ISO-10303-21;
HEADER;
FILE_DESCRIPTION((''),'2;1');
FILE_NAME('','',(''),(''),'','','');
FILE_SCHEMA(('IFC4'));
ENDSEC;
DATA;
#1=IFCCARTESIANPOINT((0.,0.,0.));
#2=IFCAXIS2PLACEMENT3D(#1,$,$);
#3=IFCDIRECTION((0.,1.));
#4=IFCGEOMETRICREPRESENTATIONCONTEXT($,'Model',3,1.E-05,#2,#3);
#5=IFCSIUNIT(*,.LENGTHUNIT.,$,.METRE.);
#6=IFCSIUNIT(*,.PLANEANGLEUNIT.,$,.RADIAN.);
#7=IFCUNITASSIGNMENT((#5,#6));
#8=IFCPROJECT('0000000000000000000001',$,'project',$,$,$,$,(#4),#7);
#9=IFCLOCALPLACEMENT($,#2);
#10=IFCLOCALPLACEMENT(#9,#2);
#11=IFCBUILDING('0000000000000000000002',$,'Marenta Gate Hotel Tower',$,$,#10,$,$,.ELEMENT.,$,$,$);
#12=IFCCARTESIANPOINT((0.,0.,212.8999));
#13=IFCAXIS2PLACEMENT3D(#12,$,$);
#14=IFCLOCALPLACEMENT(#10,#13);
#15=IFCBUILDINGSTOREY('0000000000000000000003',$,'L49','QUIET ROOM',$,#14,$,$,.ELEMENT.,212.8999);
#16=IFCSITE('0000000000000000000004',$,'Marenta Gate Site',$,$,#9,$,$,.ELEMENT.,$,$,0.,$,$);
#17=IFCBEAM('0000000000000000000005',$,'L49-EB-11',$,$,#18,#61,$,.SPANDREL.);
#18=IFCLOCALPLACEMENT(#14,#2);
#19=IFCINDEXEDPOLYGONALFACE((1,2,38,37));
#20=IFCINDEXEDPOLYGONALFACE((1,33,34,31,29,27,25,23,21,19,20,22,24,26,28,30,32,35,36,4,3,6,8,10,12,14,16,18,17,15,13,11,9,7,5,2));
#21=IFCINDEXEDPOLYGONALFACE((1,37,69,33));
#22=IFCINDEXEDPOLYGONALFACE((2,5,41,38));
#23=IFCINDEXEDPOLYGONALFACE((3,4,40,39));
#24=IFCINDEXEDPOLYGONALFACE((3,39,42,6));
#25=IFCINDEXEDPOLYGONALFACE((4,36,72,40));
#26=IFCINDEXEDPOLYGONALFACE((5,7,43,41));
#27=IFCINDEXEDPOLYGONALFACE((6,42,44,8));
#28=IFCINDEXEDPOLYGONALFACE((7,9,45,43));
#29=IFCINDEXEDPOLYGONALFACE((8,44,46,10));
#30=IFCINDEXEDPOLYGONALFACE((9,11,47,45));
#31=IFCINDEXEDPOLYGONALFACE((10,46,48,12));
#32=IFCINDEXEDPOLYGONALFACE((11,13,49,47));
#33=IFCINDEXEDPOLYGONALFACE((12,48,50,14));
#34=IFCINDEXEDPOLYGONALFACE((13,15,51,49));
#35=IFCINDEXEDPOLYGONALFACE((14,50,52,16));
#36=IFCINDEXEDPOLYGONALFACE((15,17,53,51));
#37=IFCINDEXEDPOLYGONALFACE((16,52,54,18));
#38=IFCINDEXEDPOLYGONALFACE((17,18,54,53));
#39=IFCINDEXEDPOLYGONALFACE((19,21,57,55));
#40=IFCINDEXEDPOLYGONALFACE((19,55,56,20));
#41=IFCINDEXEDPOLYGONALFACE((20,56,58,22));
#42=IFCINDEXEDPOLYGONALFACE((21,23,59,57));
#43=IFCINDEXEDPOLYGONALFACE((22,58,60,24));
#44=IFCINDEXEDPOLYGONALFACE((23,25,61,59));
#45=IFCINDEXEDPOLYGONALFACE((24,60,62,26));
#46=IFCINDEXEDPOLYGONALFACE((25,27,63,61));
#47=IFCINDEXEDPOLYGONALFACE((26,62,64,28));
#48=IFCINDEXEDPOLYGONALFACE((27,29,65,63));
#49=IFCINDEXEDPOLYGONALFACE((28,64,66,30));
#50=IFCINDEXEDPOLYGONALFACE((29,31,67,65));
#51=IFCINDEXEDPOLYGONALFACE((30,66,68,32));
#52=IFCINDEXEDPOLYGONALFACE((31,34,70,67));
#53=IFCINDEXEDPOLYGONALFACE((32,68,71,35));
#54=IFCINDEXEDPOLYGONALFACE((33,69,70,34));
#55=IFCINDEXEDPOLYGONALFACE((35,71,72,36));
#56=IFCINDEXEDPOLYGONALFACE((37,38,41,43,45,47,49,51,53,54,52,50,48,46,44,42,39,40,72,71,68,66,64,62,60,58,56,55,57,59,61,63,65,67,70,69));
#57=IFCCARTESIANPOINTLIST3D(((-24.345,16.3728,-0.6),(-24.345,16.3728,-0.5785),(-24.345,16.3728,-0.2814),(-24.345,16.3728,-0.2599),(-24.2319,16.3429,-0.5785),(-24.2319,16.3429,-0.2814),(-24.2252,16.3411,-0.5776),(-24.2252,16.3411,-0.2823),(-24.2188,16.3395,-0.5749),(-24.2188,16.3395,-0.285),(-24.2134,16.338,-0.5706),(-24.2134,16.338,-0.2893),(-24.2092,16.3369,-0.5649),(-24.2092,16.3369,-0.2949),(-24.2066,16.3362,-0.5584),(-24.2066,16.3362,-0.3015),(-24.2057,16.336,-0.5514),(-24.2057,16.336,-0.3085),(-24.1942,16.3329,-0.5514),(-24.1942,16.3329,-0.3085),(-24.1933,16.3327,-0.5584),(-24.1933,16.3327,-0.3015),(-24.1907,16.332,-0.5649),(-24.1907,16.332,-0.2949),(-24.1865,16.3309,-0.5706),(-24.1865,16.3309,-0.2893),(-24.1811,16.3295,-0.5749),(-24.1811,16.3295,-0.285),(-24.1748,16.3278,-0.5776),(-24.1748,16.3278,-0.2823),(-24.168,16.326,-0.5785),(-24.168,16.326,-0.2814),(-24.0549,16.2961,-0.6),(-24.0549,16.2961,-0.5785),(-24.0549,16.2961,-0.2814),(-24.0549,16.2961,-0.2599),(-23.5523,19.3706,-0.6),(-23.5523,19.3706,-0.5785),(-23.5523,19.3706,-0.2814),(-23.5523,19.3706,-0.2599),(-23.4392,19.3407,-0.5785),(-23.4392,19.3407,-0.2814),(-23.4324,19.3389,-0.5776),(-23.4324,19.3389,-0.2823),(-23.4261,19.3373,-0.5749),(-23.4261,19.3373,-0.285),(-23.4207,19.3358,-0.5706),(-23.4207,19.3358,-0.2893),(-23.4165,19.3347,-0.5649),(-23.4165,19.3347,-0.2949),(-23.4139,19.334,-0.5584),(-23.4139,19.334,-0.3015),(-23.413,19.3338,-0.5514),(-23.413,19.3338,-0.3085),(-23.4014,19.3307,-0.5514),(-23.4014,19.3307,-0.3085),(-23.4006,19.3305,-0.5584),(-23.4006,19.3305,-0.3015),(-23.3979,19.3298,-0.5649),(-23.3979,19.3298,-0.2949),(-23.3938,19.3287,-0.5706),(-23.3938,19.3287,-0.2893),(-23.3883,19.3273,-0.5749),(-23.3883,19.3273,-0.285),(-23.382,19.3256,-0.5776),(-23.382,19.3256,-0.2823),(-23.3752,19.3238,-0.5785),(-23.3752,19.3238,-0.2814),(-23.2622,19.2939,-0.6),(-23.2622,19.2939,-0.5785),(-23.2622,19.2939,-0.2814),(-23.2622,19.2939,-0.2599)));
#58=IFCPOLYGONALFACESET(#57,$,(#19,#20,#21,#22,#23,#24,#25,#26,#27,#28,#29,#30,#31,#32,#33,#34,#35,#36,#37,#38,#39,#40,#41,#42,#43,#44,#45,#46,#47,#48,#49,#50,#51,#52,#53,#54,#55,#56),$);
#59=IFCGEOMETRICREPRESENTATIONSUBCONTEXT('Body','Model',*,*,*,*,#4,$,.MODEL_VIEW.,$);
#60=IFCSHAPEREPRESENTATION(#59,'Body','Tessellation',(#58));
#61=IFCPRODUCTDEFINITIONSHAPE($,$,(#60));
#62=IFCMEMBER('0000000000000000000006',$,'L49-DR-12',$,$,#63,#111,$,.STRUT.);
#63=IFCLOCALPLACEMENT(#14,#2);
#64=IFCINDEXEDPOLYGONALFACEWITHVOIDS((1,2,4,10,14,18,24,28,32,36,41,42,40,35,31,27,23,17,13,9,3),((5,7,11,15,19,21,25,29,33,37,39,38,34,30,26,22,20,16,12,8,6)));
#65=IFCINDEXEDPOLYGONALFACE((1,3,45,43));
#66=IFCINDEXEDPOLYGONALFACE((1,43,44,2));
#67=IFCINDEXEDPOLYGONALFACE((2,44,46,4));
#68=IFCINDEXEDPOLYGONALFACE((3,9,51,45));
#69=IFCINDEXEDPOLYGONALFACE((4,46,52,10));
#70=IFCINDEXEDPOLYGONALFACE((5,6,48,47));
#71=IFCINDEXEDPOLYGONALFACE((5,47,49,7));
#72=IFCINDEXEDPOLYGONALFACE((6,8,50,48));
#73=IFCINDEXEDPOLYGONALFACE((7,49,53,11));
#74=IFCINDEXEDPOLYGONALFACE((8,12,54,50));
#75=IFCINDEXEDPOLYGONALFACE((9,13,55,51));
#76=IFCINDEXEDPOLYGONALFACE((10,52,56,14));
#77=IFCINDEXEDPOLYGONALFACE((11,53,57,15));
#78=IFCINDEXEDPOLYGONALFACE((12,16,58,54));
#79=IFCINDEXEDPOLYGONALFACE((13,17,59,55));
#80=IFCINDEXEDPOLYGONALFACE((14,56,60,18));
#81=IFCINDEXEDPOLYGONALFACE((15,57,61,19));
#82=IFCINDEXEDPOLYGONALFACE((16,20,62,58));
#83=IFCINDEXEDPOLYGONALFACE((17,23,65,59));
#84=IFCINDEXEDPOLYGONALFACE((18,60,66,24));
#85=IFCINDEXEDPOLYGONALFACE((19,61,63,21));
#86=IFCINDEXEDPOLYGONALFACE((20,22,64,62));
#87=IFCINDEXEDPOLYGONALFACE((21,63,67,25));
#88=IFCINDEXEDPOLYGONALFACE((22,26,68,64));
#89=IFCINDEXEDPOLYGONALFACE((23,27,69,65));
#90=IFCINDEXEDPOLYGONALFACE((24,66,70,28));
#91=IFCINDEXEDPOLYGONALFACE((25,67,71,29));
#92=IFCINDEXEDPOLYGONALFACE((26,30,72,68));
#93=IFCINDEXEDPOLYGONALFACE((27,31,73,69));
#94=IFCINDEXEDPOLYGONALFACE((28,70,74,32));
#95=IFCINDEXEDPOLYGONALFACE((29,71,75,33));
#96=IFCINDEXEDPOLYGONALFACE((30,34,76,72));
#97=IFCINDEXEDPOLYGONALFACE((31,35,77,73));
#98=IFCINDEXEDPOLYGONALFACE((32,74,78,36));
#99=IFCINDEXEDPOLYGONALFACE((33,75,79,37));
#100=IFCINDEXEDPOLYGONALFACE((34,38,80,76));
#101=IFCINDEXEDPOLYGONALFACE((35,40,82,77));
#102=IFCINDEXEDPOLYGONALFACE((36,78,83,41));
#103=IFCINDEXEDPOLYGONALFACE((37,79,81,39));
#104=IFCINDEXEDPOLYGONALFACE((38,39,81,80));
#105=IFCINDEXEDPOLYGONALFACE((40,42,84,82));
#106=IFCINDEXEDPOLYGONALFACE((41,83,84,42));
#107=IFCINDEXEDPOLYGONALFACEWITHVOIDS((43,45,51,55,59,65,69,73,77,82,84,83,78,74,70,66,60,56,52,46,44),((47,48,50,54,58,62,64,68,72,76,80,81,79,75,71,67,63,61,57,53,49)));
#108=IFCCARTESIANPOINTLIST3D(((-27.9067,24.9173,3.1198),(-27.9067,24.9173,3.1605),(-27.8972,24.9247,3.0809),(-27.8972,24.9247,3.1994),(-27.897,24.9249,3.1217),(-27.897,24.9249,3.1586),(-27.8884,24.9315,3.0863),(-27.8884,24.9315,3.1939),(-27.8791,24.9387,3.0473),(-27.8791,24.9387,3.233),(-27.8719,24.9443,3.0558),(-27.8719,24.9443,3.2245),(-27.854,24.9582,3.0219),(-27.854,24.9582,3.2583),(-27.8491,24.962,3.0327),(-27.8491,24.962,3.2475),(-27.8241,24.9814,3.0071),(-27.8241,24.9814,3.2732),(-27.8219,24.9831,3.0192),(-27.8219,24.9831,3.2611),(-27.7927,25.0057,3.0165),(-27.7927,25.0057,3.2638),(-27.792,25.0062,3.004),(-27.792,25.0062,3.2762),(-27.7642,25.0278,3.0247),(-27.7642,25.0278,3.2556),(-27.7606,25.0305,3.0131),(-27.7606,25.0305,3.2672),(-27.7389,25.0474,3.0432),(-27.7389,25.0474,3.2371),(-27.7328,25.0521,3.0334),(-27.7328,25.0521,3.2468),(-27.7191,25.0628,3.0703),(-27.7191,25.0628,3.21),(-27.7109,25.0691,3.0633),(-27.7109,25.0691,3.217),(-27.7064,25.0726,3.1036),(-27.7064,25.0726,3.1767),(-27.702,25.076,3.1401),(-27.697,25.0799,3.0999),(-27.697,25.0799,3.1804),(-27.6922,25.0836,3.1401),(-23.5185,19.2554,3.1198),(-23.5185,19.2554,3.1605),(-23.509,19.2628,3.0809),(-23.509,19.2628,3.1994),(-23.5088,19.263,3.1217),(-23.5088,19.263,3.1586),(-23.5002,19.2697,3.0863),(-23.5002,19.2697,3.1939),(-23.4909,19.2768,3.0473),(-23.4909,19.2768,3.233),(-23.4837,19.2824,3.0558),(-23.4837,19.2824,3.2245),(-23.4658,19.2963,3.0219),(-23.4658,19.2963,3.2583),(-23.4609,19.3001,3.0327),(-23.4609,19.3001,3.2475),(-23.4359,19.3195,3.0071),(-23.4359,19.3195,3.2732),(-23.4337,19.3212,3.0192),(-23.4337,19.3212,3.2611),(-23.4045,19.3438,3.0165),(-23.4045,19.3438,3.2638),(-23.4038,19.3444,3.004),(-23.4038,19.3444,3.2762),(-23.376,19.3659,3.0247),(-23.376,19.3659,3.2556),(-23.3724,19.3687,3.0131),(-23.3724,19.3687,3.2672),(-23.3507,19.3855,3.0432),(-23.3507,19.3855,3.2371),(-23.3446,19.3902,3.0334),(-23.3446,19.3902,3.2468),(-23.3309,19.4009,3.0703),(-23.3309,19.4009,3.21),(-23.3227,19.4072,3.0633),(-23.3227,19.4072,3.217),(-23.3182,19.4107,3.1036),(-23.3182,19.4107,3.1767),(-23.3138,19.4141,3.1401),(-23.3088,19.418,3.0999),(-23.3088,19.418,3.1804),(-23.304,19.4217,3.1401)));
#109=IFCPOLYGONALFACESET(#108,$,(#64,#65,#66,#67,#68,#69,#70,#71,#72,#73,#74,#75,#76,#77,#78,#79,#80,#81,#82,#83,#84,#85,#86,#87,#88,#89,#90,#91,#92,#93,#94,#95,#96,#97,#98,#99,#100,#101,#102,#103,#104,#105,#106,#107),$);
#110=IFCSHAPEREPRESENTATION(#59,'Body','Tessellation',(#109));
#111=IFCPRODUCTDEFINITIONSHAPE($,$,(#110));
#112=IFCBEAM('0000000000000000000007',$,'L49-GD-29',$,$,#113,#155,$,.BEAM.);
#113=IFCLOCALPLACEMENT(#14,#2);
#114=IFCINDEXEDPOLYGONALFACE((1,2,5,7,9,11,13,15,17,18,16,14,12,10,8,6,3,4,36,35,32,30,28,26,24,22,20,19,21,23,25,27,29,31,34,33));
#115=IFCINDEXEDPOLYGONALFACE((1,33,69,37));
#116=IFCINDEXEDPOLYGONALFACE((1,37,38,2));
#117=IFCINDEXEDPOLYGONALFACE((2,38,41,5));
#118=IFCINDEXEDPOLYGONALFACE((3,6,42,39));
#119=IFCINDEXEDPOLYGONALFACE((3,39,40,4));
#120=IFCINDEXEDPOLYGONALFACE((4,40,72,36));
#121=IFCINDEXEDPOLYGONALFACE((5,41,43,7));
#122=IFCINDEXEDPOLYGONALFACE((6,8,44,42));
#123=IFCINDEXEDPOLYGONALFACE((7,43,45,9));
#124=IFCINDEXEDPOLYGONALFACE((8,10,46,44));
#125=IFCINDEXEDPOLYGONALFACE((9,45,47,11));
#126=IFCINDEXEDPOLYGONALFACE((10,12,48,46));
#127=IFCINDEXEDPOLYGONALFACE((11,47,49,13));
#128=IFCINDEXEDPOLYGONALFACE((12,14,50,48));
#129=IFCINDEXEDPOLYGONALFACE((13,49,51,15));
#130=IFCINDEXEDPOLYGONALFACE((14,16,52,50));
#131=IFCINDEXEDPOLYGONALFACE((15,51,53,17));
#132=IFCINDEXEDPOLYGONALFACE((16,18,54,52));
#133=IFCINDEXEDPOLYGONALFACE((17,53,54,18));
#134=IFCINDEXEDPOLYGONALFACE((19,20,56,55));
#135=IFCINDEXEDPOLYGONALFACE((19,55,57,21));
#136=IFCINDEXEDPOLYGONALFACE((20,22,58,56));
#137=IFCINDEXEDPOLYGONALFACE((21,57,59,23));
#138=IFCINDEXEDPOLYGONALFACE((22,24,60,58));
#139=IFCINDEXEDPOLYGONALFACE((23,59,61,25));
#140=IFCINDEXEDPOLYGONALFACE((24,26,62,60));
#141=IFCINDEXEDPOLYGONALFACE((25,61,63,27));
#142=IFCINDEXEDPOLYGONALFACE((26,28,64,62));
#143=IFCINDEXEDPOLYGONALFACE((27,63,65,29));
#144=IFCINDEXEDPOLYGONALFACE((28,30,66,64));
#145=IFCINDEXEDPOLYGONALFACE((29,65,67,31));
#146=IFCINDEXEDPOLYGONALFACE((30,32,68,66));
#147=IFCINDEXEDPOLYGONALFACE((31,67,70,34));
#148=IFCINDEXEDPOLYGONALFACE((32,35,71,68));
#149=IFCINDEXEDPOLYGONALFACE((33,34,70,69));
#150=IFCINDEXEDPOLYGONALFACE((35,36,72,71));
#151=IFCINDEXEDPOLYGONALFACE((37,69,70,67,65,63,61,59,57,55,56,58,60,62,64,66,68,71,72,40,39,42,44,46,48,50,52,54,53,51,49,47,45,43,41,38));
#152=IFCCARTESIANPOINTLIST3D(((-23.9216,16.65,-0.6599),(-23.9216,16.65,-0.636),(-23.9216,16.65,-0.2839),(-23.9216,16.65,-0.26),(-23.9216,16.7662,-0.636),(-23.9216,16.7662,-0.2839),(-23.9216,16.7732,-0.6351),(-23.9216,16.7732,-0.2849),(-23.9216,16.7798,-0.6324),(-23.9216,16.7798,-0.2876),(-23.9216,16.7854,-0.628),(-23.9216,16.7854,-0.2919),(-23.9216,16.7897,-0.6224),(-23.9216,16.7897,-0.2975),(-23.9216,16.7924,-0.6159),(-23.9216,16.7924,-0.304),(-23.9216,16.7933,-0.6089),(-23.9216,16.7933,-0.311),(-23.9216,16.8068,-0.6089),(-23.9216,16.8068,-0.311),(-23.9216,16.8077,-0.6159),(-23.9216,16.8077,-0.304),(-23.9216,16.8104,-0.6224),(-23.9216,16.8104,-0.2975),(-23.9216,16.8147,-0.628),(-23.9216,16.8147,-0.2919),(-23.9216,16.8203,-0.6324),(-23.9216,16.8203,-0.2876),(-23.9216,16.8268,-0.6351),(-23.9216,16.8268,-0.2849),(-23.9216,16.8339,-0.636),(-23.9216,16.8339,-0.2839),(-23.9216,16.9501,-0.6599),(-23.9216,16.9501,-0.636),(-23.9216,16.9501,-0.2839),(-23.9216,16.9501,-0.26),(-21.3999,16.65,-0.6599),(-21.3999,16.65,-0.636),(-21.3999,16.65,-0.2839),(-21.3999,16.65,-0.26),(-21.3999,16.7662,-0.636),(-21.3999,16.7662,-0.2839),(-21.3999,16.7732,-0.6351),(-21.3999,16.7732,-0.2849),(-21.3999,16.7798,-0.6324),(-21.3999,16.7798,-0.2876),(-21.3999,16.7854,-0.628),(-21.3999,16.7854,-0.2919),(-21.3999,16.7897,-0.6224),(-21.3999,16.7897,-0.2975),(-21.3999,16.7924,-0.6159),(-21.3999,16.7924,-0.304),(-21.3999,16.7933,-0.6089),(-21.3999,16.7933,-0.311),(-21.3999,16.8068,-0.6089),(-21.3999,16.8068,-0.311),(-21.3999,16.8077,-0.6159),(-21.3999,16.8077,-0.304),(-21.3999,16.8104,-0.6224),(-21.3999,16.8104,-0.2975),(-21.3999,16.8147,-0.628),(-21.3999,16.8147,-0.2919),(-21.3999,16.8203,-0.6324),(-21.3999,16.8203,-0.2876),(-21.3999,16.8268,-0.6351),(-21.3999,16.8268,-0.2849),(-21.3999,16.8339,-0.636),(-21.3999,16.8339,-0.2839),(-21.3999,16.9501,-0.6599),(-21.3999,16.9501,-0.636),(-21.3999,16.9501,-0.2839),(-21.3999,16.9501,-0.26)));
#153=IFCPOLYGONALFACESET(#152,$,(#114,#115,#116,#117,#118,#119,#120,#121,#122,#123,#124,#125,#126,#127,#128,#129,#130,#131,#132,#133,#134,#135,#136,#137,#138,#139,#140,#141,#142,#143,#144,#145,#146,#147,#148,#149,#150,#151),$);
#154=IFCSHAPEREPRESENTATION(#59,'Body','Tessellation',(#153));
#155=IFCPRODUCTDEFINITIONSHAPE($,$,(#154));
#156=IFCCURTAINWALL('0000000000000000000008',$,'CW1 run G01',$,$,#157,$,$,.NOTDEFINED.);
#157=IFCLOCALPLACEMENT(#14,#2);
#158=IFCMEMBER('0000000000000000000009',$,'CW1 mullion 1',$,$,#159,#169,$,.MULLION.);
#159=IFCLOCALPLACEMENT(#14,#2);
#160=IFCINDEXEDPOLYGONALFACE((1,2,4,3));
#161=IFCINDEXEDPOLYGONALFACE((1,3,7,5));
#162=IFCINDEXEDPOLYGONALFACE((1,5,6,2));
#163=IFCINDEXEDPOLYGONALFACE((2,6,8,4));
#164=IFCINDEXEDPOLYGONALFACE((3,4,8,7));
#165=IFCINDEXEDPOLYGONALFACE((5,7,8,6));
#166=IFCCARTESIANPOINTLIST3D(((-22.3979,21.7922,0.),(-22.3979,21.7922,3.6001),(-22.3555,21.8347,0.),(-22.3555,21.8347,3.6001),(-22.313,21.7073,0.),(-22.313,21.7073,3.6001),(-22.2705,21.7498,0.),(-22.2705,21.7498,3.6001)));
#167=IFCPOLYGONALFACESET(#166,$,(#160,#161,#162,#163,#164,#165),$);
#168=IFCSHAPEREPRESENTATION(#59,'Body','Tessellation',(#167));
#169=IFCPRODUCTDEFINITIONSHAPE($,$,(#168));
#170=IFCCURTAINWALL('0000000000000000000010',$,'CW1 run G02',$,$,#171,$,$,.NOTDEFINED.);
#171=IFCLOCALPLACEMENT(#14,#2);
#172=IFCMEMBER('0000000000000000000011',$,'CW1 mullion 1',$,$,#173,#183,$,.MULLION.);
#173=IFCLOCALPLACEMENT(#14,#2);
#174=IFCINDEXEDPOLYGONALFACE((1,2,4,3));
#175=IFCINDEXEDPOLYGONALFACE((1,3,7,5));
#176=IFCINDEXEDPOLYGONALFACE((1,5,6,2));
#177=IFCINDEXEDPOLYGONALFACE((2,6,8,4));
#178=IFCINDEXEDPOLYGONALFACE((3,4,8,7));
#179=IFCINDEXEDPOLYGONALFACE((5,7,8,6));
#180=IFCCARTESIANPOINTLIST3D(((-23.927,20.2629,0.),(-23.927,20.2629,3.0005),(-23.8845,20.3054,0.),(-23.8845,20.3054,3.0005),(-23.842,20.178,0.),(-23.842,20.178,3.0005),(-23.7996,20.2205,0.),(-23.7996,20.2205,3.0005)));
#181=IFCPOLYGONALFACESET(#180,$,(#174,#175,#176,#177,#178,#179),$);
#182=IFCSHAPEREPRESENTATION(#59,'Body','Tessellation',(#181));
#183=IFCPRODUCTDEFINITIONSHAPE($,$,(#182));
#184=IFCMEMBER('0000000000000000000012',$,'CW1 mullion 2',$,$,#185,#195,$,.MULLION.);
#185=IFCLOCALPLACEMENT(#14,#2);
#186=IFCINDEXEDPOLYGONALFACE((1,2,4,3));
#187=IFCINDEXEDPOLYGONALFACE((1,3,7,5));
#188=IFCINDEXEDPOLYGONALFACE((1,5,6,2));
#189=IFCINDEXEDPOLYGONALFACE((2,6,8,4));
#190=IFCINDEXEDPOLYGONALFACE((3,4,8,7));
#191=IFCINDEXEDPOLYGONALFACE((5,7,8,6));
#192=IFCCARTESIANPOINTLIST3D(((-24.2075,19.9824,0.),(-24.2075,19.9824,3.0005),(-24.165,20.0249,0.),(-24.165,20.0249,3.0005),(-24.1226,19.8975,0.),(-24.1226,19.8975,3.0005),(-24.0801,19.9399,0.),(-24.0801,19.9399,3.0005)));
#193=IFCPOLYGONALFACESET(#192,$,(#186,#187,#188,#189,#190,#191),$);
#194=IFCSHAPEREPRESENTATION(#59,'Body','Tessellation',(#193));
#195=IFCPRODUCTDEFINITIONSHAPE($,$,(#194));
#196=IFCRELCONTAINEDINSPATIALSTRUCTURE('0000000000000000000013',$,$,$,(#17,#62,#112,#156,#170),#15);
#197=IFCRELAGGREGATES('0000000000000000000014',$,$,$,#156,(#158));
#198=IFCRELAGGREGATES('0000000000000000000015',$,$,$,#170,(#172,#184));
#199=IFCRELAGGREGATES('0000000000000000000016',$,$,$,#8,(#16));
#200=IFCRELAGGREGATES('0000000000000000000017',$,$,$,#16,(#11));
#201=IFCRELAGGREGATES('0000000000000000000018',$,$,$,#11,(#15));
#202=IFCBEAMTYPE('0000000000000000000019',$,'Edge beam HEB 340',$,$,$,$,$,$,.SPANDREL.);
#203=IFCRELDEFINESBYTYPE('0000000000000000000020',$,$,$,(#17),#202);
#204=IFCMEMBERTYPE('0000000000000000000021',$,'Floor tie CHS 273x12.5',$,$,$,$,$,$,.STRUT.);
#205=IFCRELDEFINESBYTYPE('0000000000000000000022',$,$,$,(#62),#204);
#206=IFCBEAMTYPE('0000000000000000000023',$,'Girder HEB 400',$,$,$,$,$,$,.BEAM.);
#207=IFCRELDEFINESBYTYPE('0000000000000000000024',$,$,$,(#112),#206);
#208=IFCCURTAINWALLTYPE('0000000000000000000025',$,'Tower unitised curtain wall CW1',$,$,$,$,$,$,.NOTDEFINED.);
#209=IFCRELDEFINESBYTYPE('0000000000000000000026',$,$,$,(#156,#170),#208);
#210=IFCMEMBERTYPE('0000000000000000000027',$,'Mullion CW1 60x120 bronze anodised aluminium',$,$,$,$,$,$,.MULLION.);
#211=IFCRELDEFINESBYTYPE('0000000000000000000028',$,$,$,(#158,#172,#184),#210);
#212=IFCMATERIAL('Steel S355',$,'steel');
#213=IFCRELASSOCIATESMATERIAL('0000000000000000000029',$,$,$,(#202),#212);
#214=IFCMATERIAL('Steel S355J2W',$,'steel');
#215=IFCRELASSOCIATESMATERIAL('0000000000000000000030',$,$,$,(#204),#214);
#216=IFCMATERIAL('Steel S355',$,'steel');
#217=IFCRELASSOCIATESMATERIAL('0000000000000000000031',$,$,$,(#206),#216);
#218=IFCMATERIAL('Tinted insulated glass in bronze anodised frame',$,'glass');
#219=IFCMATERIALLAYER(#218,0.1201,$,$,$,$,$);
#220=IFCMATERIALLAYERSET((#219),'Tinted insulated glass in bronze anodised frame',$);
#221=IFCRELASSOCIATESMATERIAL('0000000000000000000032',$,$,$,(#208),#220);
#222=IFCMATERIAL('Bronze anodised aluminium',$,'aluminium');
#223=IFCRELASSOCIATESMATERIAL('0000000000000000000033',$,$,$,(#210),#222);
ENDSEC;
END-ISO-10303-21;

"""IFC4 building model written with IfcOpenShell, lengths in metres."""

from ifc_helpers import new_model, si_unit, direction, frame, origin, origin_2d, place, context, subcontext, project, spatial, rectangle, hollow_circle, i_section, extrude, material, layer, layer_set, material_profile, profile_set, type_object, element, aggregate, save


model = new_model("IFC4")

# Units and contexts
model_context = context("Model", 3, precision=1e-05, world=origin(), true_north=direction((0.0, 1.0)))
body_context = subcontext(model_context, "Body", "Model", "MODEL_VIEW")
ifc_project = project(units=[si_unit("LENGTHUNIT", "METRE"), si_unit("PLANEANGLEUNIT", "RADIAN")], contexts=[model_context])

# Site, building, storey
site_placement = place(None, origin())
site = spatial("IfcSite", under=ifc_project, at=site_placement, Name="Marenta Gate Site", CompositionType="ELEMENT", RefElevation=0.0)
building_placement = place(site_placement, origin())
building = spatial("IfcBuilding", under=site, at=building_placement, Name="Marenta Gate Hotel Tower", CompositionType="ELEMENT")
storey_placement = place(building_placement, frame((0.0, 0.0, 212.8999)))
storey = spatial("IfcBuildingStorey", under=building, at=storey_placement, Name="L49", Description="QUIET ROOM", CompositionType="ELEMENT", Elevation=212.8999)

# Beam
ifc_material_1 = material(Name="Steel S355", Category="steel")
ifc_material_profile_1 = material_profile(ifc_material_1, i_section(OverallWidth=0.3, OverallDepth=0.3401, WebThickness=0.012, FlangeThickness=0.0215, FilletRadius=0.0271, at=origin_2d()), Name="HEB 340")
ifc_profile_set_1 = profile_set([ifc_material_profile_1], Name="Steel S355")
beam_type_1 = type_object("IfcBeamType", Name="Edge beam HEB 340", PredefinedType="SPANDREL", material=ifc_profile_set_1)
beam_1_placement = place(storey_placement, frame((-24.2, 16.3345, -0.4299), z_axis=(0.255648, 0.96677, 0.0), x_axis=(-0.96677, 0.255648, 0.0)))
element("IfcBeam", 1, at=beam_1_placement, inside=storey, type_object=beam_type_1, Name="L49-EB-11", PredefinedType="SPANDREL", context=body_context, shape_type="SweptSolid", body=[
    extrude(i_section(OverallWidth=0.3, OverallDepth=0.3401, WebThickness=0.012, FlangeThickness=0.0215, FilletRadius=0.0271, at=origin_2d()), origin(), (0.0, 0.0, 1.0), 3.1008),
])

# Member
ifc_material_2 = material(Name="Steel S355J2W", Category="steel")
ifc_material_profile_2 = material_profile(ifc_material_2, hollow_circle(Radius=0.1365, WallThickness=0.0125, at=origin_2d()), Name="CHS 273x12.5")
ifc_profile_set_2 = profile_set([ifc_material_profile_2], Name="Steel S355J2W")
member_type_1 = type_object("IfcMemberType", Name="Floor tie CHS 273x12.5", PredefinedType="STRUT", material=ifc_profile_set_2)
member_1_placement = place(storey_placement, frame((-27.8, 25.0, 3.1401), z_axis=(0.612592, -0.790399, 0.0), x_axis=(0.790399, 0.612592, 0.0)))
element("IfcMember", 2, at=member_1_placement, inside=storey, type_object=member_type_1, Name="L49-DR-12", PredefinedType="STRUT", context=body_context, shape_type="SweptSolid", body=[
    extrude(hollow_circle(Radius=0.1365, WallThickness=0.0125, at=origin_2d()), origin(), (0.0, 0.0, 1.0), 7.1633),
])

# Beam
ifc_material_3 = material(Name="Steel S355", Category="steel")
ifc_material_profile_3 = material_profile(ifc_material_3, i_section(OverallWidth=0.3, OverallDepth=0.3999, WebThickness=0.0134, FlangeThickness=0.0239, FilletRadius=0.0271, at=origin_2d()), Name="HEB 400")
ifc_profile_set_3 = profile_set([ifc_material_profile_3], Name="Steel S355")
beam_type_2 = type_object("IfcBeamType", Name="Girder HEB 400", PredefinedType="BEAM", material=ifc_profile_set_3)
beam_2_placement = place(storey_placement, frame((-23.9216, 16.8, -0.46), z_axis=(1.0, 0.0, 0.0), x_axis=(0.0, 1.0, 0.0)))
element("IfcBeam", 3, at=beam_2_placement, inside=storey, type_object=beam_type_2, Name="L49-GD-29", PredefinedType="BEAM", context=body_context, shape_type="SweptSolid", body=[
    extrude(i_section(OverallWidth=0.3, OverallDepth=0.3999, WebThickness=0.0134, FlangeThickness=0.0239, FilletRadius=0.0271, at=origin_2d()), origin(), (0.0, 0.0, 1.0), 2.5217),
])

# Curtain wall, member
ifc_material_4 = material(Name="Tinted insulated glass in bronze anodised frame", Category="glass")
ifc_layer_1 = layer(ifc_material_4, 0.1201)
ifc_layer_set_1 = layer_set([ifc_layer_1], Name="Tinted insulated glass in bronze anodised frame")
curtain_wall_type = type_object("IfcCurtainWallType", Name="Tower unitised curtain wall CW1", PredefinedType="NOTDEFINED", material=ifc_layer_set_1)
curtain_wall_1_placement = place(storey_placement, origin())
curtain_wall_1 = element("IfcCurtainWall", 4, at=curtain_wall_1_placement, inside=storey, type_object=curtain_wall_type, Name="CW1 run G01", PredefinedType="NOTDEFINED")
ifc_material_5 = material(Name="Bronze anodised aluminium", Category="aluminium")
ifc_material_profile_4 = material_profile(ifc_material_5, rectangle(XDim=0.1201, YDim=0.0601, at=origin_2d()), Name="Mullion CW1 60x120 bronze anodised aluminium")
ifc_profile_set_4 = profile_set([ifc_material_profile_4], Name="Bronze anodised aluminium")
member_type_2 = type_object("IfcMemberType", Name="Mullion CW1 60x120 bronze anodised aluminium", PredefinedType="MULLION", material=ifc_profile_set_4)
member_2_placement = place(storey_placement, frame((-22.3342, 21.771, 0.0), z_axis=(0.0, 0.0, 1.0), x_axis=(0.707107, -0.707107, 0.0)))
member_2 = element("IfcMember", 5, at=member_2_placement, type_object=member_type_2, Name="CW1 mullion 1", PredefinedType="MULLION", context=body_context, shape_type="SweptSolid", body=[
    extrude(rectangle(XDim=0.1201, YDim=0.0601, at=origin_2d()), origin(), (0.0, 0.0, 1.0), 3.6001),
])

# Curtain wall, members
curtain_wall_2_placement = place(storey_placement, origin())
curtain_wall_2 = element("IfcCurtainWall", 6, at=curtain_wall_2_placement, inside=storey, type_object=curtain_wall_type, Name="CW1 run G02", PredefinedType="NOTDEFINED")
member_3_placement = place(storey_placement, frame((-23.8633, 20.2417, 0.0), z_axis=(0.0, 0.0, 1.0), x_axis=(0.707107, -0.707107, 0.0)))
member_3 = element("IfcMember", 7, at=member_3_placement, type_object=member_type_2, Name="CW1 mullion 1", PredefinedType="MULLION", context=body_context, shape_type="SweptSolid", body=[
    extrude(rectangle(XDim=0.1201, YDim=0.0601, at=origin_2d()), origin(), (0.0, 0.0, 1.0), 3.0005),
])
member_4_placement = place(storey_placement, frame((-24.1438, 19.9612, 0.0), z_axis=(0.0, 0.0, 1.0), x_axis=(0.707107, -0.707107, 0.0)))
member_4 = element("IfcMember", 8, at=member_4_placement, type_object=member_type_2, Name="CW1 mullion 2", PredefinedType="MULLION", context=body_context, shape_type="SweptSolid", body=[
    extrude(rectangle(XDim=0.1201, YDim=0.0601, at=origin_2d()), origin(), (0.0, 0.0, 1.0), 3.0005),
])

aggregate(curtain_wall_1, [member_2])
aggregate(curtain_wall_2, [member_3, member_4])

save(model, "model.ifc")
